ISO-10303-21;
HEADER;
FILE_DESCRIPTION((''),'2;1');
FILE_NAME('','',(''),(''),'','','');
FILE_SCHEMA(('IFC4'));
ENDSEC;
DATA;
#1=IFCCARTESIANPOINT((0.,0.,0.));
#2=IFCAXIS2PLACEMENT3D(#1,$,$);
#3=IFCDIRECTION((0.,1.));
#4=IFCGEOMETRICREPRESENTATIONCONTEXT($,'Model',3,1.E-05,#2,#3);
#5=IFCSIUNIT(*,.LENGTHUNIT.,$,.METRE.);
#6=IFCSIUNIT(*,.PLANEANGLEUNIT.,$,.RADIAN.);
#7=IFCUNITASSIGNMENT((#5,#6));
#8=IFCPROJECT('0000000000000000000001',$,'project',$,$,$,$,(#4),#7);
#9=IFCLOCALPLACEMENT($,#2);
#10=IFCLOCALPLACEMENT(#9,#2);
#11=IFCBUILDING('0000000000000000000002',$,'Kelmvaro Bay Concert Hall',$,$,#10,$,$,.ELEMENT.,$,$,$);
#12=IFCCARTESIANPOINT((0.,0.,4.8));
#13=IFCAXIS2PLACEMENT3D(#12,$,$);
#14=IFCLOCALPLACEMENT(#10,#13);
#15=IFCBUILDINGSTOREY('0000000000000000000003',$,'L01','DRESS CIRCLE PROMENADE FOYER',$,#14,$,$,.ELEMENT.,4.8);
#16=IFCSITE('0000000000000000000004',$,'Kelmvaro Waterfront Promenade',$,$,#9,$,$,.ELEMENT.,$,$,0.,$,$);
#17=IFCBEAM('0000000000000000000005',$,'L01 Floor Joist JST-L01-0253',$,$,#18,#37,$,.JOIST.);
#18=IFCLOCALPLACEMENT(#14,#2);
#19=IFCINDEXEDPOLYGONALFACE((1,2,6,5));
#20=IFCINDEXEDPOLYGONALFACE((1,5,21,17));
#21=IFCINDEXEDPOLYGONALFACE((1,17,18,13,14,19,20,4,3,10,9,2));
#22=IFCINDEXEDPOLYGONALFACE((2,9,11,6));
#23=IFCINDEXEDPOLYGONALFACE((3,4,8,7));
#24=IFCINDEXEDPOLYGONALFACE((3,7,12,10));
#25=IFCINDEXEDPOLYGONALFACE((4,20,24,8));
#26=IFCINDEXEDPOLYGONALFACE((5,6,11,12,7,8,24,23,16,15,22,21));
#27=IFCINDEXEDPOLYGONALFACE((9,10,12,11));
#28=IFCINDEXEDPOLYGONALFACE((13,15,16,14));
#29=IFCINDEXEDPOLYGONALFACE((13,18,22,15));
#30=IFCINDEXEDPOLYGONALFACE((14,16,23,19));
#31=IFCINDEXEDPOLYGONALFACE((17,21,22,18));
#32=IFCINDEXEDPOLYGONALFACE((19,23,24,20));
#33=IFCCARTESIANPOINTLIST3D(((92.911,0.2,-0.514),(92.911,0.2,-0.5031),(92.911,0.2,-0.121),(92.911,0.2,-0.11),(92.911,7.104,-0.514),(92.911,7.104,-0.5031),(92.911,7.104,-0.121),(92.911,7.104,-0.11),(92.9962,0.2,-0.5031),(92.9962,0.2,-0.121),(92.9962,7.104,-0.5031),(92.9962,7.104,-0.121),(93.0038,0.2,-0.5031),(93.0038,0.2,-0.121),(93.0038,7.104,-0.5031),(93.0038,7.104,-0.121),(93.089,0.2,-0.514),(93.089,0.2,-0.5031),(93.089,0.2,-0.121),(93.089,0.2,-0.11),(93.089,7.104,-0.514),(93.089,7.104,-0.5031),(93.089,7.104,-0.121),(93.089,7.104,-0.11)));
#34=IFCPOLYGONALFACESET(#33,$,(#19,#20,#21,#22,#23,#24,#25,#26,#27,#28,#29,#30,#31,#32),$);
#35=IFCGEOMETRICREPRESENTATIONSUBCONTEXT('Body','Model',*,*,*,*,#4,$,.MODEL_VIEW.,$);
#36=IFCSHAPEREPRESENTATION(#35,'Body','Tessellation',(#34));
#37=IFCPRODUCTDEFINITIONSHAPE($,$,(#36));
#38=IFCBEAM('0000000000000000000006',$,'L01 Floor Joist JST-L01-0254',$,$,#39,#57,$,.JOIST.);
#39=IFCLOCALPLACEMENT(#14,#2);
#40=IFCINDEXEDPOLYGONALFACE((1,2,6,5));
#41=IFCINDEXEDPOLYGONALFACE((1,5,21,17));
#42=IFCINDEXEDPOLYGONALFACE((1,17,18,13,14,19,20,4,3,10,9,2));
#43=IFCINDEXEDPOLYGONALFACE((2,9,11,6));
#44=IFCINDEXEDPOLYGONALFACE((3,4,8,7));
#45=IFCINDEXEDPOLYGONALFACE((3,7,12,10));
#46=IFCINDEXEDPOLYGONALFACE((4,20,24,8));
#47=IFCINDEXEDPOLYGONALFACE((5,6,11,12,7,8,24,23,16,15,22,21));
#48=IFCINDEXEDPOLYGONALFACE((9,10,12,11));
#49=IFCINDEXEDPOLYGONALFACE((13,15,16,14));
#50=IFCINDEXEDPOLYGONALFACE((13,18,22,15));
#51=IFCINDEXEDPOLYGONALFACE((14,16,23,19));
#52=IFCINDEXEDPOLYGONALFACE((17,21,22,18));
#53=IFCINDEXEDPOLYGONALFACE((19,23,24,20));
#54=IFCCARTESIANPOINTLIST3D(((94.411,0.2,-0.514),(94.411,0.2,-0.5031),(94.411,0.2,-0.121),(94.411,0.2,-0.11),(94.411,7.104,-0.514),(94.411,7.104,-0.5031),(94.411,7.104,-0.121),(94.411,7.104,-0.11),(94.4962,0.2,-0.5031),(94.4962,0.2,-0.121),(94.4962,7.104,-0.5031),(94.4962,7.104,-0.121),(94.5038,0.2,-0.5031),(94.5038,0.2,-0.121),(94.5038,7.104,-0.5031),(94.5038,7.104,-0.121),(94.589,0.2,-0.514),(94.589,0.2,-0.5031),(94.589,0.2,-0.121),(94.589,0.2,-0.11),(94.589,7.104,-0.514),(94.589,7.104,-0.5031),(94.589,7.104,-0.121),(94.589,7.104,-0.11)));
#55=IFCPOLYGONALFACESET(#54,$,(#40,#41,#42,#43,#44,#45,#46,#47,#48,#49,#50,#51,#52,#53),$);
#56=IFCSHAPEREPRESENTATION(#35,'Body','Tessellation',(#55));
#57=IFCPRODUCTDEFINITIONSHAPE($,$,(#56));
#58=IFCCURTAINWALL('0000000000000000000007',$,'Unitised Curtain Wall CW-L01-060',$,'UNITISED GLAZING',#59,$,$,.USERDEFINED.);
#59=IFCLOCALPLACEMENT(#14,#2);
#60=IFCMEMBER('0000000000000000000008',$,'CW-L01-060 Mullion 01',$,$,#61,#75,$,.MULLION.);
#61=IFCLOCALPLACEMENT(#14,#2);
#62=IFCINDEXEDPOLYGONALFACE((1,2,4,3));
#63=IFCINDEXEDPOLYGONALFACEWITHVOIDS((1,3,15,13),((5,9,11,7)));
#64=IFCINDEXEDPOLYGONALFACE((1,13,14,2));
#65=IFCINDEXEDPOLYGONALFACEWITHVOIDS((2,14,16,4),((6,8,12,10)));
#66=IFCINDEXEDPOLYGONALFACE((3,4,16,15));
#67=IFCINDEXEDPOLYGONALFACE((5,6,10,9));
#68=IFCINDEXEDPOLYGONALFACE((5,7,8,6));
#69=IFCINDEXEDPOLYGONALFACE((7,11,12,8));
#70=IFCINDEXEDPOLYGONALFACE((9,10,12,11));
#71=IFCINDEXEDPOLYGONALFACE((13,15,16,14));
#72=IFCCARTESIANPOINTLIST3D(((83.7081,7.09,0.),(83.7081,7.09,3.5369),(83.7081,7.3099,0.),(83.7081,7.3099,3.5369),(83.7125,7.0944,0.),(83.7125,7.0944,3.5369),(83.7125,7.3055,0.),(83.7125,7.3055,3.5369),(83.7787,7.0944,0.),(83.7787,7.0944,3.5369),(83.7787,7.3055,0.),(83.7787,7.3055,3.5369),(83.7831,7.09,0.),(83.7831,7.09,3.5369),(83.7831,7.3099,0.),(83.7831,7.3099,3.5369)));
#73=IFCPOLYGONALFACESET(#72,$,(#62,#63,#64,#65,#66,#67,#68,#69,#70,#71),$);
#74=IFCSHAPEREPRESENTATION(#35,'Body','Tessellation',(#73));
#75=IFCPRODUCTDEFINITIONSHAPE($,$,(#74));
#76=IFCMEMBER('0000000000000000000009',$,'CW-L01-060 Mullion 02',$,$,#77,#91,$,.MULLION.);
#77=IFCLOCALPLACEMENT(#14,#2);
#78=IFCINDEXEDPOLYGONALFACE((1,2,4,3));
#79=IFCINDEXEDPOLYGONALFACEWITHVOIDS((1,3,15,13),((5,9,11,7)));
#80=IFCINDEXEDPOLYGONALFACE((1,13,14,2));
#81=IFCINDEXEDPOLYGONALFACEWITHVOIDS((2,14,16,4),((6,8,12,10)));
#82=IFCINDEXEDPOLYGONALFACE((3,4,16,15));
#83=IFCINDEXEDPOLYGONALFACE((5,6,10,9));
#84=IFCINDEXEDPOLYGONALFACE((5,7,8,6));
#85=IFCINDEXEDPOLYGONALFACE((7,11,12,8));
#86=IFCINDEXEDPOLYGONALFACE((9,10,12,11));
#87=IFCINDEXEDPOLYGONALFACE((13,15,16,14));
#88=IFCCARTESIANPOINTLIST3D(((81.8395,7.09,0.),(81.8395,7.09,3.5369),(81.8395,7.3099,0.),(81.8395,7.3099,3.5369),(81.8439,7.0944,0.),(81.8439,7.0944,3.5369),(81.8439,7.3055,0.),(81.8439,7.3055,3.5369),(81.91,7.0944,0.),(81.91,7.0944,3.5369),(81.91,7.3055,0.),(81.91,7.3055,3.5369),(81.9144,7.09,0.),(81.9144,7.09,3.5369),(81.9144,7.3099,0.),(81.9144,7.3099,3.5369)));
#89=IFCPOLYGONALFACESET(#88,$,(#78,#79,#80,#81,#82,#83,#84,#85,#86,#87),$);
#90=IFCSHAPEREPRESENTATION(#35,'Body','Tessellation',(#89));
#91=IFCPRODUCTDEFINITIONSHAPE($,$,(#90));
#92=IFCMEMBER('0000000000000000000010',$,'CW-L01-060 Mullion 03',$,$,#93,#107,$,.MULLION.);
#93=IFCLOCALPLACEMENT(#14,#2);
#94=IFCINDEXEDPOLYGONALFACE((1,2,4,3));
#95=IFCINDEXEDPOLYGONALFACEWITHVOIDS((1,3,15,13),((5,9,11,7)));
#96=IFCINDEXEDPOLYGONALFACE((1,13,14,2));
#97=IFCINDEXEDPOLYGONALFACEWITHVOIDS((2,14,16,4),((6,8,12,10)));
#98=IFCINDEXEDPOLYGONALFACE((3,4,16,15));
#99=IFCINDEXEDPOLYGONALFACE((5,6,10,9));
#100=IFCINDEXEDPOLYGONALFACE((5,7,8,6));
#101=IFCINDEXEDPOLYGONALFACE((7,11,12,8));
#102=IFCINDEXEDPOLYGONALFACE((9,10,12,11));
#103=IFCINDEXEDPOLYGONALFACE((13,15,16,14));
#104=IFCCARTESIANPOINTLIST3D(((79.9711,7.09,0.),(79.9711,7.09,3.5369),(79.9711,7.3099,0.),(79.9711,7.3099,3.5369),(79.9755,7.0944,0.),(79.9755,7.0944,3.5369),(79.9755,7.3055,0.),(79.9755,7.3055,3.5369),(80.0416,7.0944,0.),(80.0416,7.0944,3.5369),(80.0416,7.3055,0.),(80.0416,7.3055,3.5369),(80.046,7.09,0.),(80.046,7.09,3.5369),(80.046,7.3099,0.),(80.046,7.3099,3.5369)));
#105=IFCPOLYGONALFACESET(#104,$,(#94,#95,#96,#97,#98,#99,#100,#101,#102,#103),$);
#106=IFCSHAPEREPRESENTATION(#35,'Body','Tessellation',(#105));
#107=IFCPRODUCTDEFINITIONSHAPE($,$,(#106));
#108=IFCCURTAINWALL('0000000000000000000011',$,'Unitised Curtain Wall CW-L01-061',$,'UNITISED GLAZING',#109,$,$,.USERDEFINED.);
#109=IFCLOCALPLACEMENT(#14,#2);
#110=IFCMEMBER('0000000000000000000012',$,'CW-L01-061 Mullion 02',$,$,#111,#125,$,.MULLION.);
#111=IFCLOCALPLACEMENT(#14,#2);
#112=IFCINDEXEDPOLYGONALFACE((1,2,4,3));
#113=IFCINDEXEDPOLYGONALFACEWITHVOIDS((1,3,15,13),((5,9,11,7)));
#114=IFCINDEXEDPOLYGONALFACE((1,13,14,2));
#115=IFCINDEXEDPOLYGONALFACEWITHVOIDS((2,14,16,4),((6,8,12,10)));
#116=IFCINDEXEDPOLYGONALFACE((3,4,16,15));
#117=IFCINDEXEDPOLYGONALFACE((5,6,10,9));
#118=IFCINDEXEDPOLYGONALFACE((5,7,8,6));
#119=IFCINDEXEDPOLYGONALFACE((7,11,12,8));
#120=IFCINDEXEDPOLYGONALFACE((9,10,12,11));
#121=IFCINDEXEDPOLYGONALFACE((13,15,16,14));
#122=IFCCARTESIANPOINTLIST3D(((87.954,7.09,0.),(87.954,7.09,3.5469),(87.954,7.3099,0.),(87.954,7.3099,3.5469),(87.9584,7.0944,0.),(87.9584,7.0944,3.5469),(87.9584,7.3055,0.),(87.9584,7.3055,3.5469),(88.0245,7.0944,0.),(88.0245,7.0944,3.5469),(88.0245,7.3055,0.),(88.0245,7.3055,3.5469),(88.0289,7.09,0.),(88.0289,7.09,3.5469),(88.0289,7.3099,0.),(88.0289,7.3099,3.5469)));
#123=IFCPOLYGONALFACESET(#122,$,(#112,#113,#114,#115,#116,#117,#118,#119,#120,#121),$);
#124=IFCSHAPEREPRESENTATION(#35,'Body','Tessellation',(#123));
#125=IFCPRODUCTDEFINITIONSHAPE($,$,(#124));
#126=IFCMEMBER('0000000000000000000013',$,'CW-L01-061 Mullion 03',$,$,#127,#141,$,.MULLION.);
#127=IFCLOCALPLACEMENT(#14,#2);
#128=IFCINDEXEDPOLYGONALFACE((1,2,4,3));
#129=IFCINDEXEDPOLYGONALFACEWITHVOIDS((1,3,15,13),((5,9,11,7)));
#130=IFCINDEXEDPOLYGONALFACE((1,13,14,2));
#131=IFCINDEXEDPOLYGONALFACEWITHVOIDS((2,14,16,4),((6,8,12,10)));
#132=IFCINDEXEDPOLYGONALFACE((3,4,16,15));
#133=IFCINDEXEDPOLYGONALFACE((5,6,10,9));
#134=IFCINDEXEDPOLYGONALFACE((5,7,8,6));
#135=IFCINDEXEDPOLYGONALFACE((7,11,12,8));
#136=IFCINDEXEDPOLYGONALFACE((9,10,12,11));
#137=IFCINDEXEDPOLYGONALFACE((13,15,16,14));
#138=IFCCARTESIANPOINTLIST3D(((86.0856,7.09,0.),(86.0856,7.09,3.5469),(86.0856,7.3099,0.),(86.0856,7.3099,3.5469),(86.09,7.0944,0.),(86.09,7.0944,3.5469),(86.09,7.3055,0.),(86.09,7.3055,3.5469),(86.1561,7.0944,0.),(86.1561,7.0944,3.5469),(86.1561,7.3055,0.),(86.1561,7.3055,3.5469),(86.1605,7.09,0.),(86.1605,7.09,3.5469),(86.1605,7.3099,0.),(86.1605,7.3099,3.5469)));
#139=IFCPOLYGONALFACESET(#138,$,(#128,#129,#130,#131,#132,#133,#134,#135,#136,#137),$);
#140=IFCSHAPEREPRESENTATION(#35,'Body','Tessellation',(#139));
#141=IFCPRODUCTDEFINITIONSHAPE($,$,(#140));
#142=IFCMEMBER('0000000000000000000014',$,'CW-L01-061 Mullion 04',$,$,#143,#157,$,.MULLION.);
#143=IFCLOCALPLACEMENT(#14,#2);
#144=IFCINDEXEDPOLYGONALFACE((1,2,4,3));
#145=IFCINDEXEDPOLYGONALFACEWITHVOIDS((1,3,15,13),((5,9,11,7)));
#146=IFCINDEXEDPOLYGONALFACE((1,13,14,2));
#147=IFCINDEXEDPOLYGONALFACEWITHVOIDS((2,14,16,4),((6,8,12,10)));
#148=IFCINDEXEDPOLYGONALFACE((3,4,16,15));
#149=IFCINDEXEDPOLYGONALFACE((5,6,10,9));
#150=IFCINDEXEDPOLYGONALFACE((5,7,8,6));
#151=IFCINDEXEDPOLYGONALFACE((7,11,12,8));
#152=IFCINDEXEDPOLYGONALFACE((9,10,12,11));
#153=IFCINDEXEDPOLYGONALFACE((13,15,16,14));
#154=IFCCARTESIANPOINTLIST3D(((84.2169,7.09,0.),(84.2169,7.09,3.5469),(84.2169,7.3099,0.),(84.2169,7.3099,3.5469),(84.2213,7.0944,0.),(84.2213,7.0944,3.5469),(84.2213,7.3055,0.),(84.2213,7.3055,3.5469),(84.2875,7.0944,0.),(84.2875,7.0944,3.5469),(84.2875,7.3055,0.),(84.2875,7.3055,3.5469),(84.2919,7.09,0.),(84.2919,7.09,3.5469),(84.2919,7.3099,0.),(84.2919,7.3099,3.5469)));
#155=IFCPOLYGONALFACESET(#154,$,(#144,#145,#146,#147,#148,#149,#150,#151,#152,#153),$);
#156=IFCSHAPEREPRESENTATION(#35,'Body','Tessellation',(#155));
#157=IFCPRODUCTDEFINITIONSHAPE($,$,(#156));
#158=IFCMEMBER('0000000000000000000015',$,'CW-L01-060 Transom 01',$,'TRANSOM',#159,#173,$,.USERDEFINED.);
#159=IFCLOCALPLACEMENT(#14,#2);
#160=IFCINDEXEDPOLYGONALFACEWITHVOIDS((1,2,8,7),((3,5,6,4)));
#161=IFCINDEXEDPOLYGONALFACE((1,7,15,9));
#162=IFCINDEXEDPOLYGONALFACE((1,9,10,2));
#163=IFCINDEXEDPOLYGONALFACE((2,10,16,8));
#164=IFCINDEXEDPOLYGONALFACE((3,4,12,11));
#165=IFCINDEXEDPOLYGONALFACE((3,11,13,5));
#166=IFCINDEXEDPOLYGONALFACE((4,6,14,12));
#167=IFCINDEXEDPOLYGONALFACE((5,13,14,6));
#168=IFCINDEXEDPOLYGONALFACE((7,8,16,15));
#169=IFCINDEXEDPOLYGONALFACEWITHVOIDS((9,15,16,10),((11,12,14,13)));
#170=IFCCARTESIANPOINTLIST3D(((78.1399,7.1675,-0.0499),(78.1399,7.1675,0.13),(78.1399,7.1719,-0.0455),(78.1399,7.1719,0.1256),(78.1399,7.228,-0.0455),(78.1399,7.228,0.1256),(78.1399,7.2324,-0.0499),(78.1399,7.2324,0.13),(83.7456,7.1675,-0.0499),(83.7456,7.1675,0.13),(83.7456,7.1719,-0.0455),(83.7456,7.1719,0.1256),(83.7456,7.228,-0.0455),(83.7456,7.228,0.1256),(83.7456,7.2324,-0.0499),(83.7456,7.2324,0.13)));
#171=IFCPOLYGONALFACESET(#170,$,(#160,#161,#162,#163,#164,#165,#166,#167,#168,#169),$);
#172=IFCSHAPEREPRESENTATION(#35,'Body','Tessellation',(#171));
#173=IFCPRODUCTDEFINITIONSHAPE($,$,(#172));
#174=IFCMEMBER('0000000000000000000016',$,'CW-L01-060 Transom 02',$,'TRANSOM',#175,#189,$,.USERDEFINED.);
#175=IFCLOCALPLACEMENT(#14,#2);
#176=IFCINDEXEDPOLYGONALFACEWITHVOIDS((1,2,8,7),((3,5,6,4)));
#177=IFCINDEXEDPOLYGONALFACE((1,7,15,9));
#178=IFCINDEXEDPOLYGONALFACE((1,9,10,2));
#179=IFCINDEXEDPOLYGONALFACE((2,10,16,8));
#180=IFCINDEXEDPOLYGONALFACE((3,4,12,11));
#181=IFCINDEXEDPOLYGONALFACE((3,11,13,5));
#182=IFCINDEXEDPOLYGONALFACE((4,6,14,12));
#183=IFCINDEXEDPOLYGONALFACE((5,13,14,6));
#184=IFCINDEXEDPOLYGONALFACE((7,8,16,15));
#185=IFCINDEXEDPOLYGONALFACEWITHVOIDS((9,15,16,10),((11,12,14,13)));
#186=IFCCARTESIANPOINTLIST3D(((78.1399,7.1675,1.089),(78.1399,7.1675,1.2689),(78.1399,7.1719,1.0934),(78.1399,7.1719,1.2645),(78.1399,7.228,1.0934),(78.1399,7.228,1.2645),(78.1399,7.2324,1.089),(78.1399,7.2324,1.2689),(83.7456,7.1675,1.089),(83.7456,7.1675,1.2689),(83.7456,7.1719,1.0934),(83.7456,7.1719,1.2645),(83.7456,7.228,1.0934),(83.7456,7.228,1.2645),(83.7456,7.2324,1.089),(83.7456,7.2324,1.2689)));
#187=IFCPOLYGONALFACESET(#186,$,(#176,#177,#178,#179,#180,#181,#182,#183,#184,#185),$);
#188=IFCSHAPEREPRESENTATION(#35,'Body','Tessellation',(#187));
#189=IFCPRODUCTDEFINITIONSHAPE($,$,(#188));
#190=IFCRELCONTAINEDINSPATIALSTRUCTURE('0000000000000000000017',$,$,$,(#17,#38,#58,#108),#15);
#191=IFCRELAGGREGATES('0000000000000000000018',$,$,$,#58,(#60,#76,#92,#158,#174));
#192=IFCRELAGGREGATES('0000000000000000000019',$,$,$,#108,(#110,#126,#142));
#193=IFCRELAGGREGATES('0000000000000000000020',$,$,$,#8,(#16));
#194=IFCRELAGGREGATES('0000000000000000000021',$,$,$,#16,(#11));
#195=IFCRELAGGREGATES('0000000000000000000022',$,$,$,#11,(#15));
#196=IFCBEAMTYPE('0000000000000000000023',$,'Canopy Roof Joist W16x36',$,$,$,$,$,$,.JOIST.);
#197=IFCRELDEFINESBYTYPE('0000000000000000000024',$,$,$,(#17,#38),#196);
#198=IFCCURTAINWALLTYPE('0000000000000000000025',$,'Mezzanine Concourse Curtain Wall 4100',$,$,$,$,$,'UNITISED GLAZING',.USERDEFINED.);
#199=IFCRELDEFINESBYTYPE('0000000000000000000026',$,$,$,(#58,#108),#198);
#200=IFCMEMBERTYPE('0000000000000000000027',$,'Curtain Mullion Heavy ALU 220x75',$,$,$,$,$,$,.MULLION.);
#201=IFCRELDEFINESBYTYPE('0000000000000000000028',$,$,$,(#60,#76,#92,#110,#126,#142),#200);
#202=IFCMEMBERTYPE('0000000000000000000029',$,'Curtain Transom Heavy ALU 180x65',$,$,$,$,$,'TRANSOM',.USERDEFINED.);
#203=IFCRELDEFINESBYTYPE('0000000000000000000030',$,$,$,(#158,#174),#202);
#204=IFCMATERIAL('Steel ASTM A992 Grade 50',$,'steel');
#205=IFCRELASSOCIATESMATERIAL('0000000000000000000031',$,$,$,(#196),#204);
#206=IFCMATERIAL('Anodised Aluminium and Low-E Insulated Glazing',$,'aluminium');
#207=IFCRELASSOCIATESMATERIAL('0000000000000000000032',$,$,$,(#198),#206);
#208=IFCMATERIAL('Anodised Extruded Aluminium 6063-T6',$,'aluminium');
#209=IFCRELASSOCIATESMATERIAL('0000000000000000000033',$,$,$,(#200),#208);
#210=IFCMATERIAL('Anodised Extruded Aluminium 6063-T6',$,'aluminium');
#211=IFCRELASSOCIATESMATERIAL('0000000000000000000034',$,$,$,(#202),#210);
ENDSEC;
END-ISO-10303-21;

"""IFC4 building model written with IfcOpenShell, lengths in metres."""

from ifc_helpers import new_model, si_unit, direction, frame, origin, origin_2d, place, context, subcontext, project, spatial, hollow_rectangle, i_section, extrude, material, material_profile, profile_set, type_object, element, aggregate, save


model = new_model("IFC4")

# Units and contexts
model_context = context("Model", 3, precision=1e-05, world=origin(), true_north=direction((0.0, 1.0)))
body_context = subcontext(model_context, "Body", "Model", "MODEL_VIEW")
ifc_project = project(units=[si_unit("LENGTHUNIT", "METRE"), si_unit("PLANEANGLEUNIT", "RADIAN")], contexts=[model_context])

# Site, building, storey
site_placement = place(None, origin())
site = spatial("IfcSite", under=ifc_project, at=site_placement, Name="Kelmvaro Waterfront Promenade", CompositionType="ELEMENT", RefElevation=0.0)
building_placement = place(site_placement, origin())
building = spatial("IfcBuilding", under=site, at=building_placement, Name="Kelmvaro Bay Concert Hall", CompositionType="ELEMENT")
storey_placement = place(building_placement, frame((0.0, 0.0, 4.8)))
storey = spatial("IfcBuildingStorey", under=building, at=storey_placement, Name="L01", Description="DRESS CIRCLE PROMENADE FOYER", CompositionType="ELEMENT", Elevation=4.8)

# Beams
ifc_material_1 = material(Name="Steel ASTM A992 Grade 50", Category="steel")
ifc_material_profile_1 = material_profile(ifc_material_1, i_section(OverallWidth=0.178, OverallDepth=0.4041, WebThickness=0.0076, FlangeThickness=0.011, at=origin_2d()), Name="W16X36")
ifc_profile_set_1 = profile_set([ifc_material_profile_1], Name="Steel ASTM A992 Grade 50")
beam_type_1 = type_object("IfcBeamType", Name="Canopy Roof Joist W16x36", PredefinedType="JOIST", material=ifc_profile_set_1)
for number, where, z_axis, x_axis, name in (
    (1, (93.0, 0.2, -0.312), (0.0, 1.0, 0.0), (-1.0, 0.0, 0.0), "L01 Floor Joist JST-L01-0253"),
    (2, (94.5, 0.2, -0.312), (0.0, 1.0, 0.0), (-1.0, 0.0, 0.0), "L01 Floor Joist JST-L01-0254"),
):
    element("IfcBeam", number, at=place(storey_placement, frame(where, z_axis=z_axis, x_axis=x_axis)), inside=storey, type_object=beam_type_1, Name=name, PredefinedType="JOIST", context=body_context, shape_type="SweptSolid", body=[
        extrude(i_section(OverallWidth=0.178, OverallDepth=0.4041, WebThickness=0.0076, FlangeThickness=0.011, at=origin_2d()), origin(), (0.0, 0.0, 1.0), 6.9041),
    ])

# Curtain walls, members
ifc_material_2 = material(Name="Anodised Aluminium and Low-E Insulated Glazing", Category="aluminium")
curtain_wall_type = type_object("IfcCurtainWallType", Name="Mezzanine Concourse Curtain Wall 4100", ElementType="UNITISED GLAZING", PredefinedType="USERDEFINED", material=ifc_material_2)
curtain_wall_1_placement = place(storey_placement, origin())
curtain_wall_1 = element("IfcCurtainWall", 3, at=curtain_wall_1_placement, inside=storey, type_object=curtain_wall_type, Name="Unitised Curtain Wall CW-L01-060", ObjectType="UNITISED GLAZING", PredefinedType="USERDEFINED")
ifc_material_3 = material(Name="Anodised Extruded Aluminium 6063-T6", Category="aluminium")
ifc_material_profile_2 = material_profile(ifc_material_3, hollow_rectangle(XDim=0.075, YDim=0.22, WallThickness=0.0044, at=origin_2d()), Name="ALU-MUL-220X75")
ifc_profile_set_2 = profile_set([ifc_material_profile_2], Name="Anodised Extruded Aluminium 6063-T6")
member_type_1 = type_object("IfcMemberType", Name="Curtain Mullion Heavy ALU 220x75", PredefinedType="MULLION", material=ifc_profile_set_2)
member_1_placement = place(storey_placement, frame((83.7456, 7.2, 0.0), z_axis=(0.0, 0.0, 1.0), x_axis=(1.0, 0.0, 0.0)))
member_1 = element("IfcMember", 4, at=member_1_placement, type_object=member_type_1, Name="CW-L01-060 Mullion 01", PredefinedType="MULLION", context=body_context, shape_type="SweptSolid", body=[
    extrude(hollow_rectangle(XDim=0.075, YDim=0.22, WallThickness=0.0044, at=origin_2d()), origin(), (0.0, 0.0, 1.0), 3.5369),
])
member_2_placement = place(storey_placement, frame((81.877, 7.2, 0.0), z_axis=(0.0, 0.0, 1.0), x_axis=(1.0, 0.0, 0.0)))
member_2 = element("IfcMember", 5, at=member_2_placement, type_object=member_type_1, Name="CW-L01-060 Mullion 02", PredefinedType="MULLION", context=body_context, shape_type="SweptSolid", body=[
    extrude(hollow_rectangle(XDim=0.075, YDim=0.22, WallThickness=0.0044, at=origin_2d()), origin(), (0.0, 0.0, 1.0), 3.5369),
])
member_3_placement = place(storey_placement, frame((80.0085, 7.2, 0.0), z_axis=(0.0, 0.0, 1.0), x_axis=(1.0, 0.0, 0.0)))
member_3 = element("IfcMember", 6, at=member_3_placement, type_object=member_type_1, Name="CW-L01-060 Mullion 03", PredefinedType="MULLION", context=body_context, shape_type="SweptSolid", body=[
    extrude(hollow_rectangle(XDim=0.075, YDim=0.22, WallThickness=0.0044, at=origin_2d()), origin(), (0.0, 0.0, 1.0), 3.5369),
])
curtain_wall_2_placement = place(storey_placement, origin())
curtain_wall_2 = element("IfcCurtainWall", 7, at=curtain_wall_2_placement, inside=storey, type_object=curtain_wall_type, Name="Unitised Curtain Wall CW-L01-061", ObjectType="UNITISED GLAZING", PredefinedType="USERDEFINED")
member_4_placement = place(storey_placement, frame((87.9915, 7.2, 0.0), z_axis=(0.0, 0.0, 1.0), x_axis=(1.0, 0.0, 0.0)))
member_4 = element("IfcMember", 8, at=member_4_placement, type_object=member_type_1, Name="CW-L01-061 Mullion 02", PredefinedType="MULLION", context=body_context, shape_type="SweptSolid", body=[
    extrude(hollow_rectangle(XDim=0.075, YDim=0.22, WallThickness=0.0044, at=origin_2d()), origin(), (0.0, 0.0, 1.0), 3.5469),
])
member_5_placement = place(storey_placement, frame((86.123, 7.2, 0.0), z_axis=(0.0, 0.0, 1.0), x_axis=(1.0, 0.0, 0.0)))
member_5 = element("IfcMember", 9, at=member_5_placement, type_object=member_type_1, Name="CW-L01-061 Mullion 03", PredefinedType="MULLION", context=body_context, shape_type="SweptSolid", body=[
    extrude(hollow_rectangle(XDim=0.075, YDim=0.22, WallThickness=0.0044, at=origin_2d()), origin(), (0.0, 0.0, 1.0), 3.5469),
])
member_6_placement = place(storey_placement, frame((84.2544, 7.2, 0.0), z_axis=(0.0, 0.0, 1.0), x_axis=(1.0, 0.0, 0.0)))
member_6 = element("IfcMember", 10, at=member_6_placement, type_object=member_type_1, Name="CW-L01-061 Mullion 04", PredefinedType="MULLION", context=body_context, shape_type="SweptSolid", body=[
    extrude(hollow_rectangle(XDim=0.075, YDim=0.22, WallThickness=0.0044, at=origin_2d()), origin(), (0.0, 0.0, 1.0), 3.5469),
])

# Members
ifc_material_4 = material(Name="Anodised Extruded Aluminium 6063-T6", Category="aluminium")
ifc_material_profile_3 = material_profile(ifc_material_4, hollow_rectangle(XDim=0.0649, YDim=0.1799, WallThickness=0.0044, at=origin_2d()), Name="ALU-TRN-180X65")
ifc_profile_set_3 = profile_set([ifc_material_profile_3], Name="Anodised Extruded Aluminium 6063-T6")
member_type_2 = type_object("IfcMemberType", Name="Curtain Transom Heavy ALU 180x65", ElementType="TRANSOM", PredefinedType="USERDEFINED", material=ifc_profile_set_3)
member_7_placement = place(storey_placement, frame((83.7456, 7.2, 0.04), z_axis=(-1.0, 0.0, 0.0), x_axis=(0.0, -1.0, 0.0)))
member_7 = element("IfcMember", 11, at=member_7_placement, type_object=member_type_2, Name="CW-L01-060 Transom 01", ObjectType="TRANSOM", PredefinedType="USERDEFINED", context=body_context, shape_type="SweptSolid", body=[
    extrude(hollow_rectangle(XDim=0.0649, YDim=0.1799, WallThickness=0.0044, at=origin_2d()), origin(), (0.0, 0.0, 1.0), 5.6057),
])
member_8_placement = place(storey_placement, frame((83.7456, 7.2, 1.179), z_axis=(-1.0, 0.0, 0.0), x_axis=(0.0, -1.0, 0.0)))
member_8 = element("IfcMember", 12, at=member_8_placement, type_object=member_type_2, Name="CW-L01-060 Transom 02", ObjectType="TRANSOM", PredefinedType="USERDEFINED", context=body_context, shape_type="SweptSolid", body=[
    extrude(hollow_rectangle(XDim=0.0649, YDim=0.1799, WallThickness=0.0044, at=origin_2d()), origin(), (0.0, 0.0, 1.0), 5.6057),
])

aggregate(curtain_wall_1, [member_1, member_2, member_3, member_7, member_8])
aggregate(curtain_wall_2, [member_4, member_5, member_6])

save(model, "model.ifc")
